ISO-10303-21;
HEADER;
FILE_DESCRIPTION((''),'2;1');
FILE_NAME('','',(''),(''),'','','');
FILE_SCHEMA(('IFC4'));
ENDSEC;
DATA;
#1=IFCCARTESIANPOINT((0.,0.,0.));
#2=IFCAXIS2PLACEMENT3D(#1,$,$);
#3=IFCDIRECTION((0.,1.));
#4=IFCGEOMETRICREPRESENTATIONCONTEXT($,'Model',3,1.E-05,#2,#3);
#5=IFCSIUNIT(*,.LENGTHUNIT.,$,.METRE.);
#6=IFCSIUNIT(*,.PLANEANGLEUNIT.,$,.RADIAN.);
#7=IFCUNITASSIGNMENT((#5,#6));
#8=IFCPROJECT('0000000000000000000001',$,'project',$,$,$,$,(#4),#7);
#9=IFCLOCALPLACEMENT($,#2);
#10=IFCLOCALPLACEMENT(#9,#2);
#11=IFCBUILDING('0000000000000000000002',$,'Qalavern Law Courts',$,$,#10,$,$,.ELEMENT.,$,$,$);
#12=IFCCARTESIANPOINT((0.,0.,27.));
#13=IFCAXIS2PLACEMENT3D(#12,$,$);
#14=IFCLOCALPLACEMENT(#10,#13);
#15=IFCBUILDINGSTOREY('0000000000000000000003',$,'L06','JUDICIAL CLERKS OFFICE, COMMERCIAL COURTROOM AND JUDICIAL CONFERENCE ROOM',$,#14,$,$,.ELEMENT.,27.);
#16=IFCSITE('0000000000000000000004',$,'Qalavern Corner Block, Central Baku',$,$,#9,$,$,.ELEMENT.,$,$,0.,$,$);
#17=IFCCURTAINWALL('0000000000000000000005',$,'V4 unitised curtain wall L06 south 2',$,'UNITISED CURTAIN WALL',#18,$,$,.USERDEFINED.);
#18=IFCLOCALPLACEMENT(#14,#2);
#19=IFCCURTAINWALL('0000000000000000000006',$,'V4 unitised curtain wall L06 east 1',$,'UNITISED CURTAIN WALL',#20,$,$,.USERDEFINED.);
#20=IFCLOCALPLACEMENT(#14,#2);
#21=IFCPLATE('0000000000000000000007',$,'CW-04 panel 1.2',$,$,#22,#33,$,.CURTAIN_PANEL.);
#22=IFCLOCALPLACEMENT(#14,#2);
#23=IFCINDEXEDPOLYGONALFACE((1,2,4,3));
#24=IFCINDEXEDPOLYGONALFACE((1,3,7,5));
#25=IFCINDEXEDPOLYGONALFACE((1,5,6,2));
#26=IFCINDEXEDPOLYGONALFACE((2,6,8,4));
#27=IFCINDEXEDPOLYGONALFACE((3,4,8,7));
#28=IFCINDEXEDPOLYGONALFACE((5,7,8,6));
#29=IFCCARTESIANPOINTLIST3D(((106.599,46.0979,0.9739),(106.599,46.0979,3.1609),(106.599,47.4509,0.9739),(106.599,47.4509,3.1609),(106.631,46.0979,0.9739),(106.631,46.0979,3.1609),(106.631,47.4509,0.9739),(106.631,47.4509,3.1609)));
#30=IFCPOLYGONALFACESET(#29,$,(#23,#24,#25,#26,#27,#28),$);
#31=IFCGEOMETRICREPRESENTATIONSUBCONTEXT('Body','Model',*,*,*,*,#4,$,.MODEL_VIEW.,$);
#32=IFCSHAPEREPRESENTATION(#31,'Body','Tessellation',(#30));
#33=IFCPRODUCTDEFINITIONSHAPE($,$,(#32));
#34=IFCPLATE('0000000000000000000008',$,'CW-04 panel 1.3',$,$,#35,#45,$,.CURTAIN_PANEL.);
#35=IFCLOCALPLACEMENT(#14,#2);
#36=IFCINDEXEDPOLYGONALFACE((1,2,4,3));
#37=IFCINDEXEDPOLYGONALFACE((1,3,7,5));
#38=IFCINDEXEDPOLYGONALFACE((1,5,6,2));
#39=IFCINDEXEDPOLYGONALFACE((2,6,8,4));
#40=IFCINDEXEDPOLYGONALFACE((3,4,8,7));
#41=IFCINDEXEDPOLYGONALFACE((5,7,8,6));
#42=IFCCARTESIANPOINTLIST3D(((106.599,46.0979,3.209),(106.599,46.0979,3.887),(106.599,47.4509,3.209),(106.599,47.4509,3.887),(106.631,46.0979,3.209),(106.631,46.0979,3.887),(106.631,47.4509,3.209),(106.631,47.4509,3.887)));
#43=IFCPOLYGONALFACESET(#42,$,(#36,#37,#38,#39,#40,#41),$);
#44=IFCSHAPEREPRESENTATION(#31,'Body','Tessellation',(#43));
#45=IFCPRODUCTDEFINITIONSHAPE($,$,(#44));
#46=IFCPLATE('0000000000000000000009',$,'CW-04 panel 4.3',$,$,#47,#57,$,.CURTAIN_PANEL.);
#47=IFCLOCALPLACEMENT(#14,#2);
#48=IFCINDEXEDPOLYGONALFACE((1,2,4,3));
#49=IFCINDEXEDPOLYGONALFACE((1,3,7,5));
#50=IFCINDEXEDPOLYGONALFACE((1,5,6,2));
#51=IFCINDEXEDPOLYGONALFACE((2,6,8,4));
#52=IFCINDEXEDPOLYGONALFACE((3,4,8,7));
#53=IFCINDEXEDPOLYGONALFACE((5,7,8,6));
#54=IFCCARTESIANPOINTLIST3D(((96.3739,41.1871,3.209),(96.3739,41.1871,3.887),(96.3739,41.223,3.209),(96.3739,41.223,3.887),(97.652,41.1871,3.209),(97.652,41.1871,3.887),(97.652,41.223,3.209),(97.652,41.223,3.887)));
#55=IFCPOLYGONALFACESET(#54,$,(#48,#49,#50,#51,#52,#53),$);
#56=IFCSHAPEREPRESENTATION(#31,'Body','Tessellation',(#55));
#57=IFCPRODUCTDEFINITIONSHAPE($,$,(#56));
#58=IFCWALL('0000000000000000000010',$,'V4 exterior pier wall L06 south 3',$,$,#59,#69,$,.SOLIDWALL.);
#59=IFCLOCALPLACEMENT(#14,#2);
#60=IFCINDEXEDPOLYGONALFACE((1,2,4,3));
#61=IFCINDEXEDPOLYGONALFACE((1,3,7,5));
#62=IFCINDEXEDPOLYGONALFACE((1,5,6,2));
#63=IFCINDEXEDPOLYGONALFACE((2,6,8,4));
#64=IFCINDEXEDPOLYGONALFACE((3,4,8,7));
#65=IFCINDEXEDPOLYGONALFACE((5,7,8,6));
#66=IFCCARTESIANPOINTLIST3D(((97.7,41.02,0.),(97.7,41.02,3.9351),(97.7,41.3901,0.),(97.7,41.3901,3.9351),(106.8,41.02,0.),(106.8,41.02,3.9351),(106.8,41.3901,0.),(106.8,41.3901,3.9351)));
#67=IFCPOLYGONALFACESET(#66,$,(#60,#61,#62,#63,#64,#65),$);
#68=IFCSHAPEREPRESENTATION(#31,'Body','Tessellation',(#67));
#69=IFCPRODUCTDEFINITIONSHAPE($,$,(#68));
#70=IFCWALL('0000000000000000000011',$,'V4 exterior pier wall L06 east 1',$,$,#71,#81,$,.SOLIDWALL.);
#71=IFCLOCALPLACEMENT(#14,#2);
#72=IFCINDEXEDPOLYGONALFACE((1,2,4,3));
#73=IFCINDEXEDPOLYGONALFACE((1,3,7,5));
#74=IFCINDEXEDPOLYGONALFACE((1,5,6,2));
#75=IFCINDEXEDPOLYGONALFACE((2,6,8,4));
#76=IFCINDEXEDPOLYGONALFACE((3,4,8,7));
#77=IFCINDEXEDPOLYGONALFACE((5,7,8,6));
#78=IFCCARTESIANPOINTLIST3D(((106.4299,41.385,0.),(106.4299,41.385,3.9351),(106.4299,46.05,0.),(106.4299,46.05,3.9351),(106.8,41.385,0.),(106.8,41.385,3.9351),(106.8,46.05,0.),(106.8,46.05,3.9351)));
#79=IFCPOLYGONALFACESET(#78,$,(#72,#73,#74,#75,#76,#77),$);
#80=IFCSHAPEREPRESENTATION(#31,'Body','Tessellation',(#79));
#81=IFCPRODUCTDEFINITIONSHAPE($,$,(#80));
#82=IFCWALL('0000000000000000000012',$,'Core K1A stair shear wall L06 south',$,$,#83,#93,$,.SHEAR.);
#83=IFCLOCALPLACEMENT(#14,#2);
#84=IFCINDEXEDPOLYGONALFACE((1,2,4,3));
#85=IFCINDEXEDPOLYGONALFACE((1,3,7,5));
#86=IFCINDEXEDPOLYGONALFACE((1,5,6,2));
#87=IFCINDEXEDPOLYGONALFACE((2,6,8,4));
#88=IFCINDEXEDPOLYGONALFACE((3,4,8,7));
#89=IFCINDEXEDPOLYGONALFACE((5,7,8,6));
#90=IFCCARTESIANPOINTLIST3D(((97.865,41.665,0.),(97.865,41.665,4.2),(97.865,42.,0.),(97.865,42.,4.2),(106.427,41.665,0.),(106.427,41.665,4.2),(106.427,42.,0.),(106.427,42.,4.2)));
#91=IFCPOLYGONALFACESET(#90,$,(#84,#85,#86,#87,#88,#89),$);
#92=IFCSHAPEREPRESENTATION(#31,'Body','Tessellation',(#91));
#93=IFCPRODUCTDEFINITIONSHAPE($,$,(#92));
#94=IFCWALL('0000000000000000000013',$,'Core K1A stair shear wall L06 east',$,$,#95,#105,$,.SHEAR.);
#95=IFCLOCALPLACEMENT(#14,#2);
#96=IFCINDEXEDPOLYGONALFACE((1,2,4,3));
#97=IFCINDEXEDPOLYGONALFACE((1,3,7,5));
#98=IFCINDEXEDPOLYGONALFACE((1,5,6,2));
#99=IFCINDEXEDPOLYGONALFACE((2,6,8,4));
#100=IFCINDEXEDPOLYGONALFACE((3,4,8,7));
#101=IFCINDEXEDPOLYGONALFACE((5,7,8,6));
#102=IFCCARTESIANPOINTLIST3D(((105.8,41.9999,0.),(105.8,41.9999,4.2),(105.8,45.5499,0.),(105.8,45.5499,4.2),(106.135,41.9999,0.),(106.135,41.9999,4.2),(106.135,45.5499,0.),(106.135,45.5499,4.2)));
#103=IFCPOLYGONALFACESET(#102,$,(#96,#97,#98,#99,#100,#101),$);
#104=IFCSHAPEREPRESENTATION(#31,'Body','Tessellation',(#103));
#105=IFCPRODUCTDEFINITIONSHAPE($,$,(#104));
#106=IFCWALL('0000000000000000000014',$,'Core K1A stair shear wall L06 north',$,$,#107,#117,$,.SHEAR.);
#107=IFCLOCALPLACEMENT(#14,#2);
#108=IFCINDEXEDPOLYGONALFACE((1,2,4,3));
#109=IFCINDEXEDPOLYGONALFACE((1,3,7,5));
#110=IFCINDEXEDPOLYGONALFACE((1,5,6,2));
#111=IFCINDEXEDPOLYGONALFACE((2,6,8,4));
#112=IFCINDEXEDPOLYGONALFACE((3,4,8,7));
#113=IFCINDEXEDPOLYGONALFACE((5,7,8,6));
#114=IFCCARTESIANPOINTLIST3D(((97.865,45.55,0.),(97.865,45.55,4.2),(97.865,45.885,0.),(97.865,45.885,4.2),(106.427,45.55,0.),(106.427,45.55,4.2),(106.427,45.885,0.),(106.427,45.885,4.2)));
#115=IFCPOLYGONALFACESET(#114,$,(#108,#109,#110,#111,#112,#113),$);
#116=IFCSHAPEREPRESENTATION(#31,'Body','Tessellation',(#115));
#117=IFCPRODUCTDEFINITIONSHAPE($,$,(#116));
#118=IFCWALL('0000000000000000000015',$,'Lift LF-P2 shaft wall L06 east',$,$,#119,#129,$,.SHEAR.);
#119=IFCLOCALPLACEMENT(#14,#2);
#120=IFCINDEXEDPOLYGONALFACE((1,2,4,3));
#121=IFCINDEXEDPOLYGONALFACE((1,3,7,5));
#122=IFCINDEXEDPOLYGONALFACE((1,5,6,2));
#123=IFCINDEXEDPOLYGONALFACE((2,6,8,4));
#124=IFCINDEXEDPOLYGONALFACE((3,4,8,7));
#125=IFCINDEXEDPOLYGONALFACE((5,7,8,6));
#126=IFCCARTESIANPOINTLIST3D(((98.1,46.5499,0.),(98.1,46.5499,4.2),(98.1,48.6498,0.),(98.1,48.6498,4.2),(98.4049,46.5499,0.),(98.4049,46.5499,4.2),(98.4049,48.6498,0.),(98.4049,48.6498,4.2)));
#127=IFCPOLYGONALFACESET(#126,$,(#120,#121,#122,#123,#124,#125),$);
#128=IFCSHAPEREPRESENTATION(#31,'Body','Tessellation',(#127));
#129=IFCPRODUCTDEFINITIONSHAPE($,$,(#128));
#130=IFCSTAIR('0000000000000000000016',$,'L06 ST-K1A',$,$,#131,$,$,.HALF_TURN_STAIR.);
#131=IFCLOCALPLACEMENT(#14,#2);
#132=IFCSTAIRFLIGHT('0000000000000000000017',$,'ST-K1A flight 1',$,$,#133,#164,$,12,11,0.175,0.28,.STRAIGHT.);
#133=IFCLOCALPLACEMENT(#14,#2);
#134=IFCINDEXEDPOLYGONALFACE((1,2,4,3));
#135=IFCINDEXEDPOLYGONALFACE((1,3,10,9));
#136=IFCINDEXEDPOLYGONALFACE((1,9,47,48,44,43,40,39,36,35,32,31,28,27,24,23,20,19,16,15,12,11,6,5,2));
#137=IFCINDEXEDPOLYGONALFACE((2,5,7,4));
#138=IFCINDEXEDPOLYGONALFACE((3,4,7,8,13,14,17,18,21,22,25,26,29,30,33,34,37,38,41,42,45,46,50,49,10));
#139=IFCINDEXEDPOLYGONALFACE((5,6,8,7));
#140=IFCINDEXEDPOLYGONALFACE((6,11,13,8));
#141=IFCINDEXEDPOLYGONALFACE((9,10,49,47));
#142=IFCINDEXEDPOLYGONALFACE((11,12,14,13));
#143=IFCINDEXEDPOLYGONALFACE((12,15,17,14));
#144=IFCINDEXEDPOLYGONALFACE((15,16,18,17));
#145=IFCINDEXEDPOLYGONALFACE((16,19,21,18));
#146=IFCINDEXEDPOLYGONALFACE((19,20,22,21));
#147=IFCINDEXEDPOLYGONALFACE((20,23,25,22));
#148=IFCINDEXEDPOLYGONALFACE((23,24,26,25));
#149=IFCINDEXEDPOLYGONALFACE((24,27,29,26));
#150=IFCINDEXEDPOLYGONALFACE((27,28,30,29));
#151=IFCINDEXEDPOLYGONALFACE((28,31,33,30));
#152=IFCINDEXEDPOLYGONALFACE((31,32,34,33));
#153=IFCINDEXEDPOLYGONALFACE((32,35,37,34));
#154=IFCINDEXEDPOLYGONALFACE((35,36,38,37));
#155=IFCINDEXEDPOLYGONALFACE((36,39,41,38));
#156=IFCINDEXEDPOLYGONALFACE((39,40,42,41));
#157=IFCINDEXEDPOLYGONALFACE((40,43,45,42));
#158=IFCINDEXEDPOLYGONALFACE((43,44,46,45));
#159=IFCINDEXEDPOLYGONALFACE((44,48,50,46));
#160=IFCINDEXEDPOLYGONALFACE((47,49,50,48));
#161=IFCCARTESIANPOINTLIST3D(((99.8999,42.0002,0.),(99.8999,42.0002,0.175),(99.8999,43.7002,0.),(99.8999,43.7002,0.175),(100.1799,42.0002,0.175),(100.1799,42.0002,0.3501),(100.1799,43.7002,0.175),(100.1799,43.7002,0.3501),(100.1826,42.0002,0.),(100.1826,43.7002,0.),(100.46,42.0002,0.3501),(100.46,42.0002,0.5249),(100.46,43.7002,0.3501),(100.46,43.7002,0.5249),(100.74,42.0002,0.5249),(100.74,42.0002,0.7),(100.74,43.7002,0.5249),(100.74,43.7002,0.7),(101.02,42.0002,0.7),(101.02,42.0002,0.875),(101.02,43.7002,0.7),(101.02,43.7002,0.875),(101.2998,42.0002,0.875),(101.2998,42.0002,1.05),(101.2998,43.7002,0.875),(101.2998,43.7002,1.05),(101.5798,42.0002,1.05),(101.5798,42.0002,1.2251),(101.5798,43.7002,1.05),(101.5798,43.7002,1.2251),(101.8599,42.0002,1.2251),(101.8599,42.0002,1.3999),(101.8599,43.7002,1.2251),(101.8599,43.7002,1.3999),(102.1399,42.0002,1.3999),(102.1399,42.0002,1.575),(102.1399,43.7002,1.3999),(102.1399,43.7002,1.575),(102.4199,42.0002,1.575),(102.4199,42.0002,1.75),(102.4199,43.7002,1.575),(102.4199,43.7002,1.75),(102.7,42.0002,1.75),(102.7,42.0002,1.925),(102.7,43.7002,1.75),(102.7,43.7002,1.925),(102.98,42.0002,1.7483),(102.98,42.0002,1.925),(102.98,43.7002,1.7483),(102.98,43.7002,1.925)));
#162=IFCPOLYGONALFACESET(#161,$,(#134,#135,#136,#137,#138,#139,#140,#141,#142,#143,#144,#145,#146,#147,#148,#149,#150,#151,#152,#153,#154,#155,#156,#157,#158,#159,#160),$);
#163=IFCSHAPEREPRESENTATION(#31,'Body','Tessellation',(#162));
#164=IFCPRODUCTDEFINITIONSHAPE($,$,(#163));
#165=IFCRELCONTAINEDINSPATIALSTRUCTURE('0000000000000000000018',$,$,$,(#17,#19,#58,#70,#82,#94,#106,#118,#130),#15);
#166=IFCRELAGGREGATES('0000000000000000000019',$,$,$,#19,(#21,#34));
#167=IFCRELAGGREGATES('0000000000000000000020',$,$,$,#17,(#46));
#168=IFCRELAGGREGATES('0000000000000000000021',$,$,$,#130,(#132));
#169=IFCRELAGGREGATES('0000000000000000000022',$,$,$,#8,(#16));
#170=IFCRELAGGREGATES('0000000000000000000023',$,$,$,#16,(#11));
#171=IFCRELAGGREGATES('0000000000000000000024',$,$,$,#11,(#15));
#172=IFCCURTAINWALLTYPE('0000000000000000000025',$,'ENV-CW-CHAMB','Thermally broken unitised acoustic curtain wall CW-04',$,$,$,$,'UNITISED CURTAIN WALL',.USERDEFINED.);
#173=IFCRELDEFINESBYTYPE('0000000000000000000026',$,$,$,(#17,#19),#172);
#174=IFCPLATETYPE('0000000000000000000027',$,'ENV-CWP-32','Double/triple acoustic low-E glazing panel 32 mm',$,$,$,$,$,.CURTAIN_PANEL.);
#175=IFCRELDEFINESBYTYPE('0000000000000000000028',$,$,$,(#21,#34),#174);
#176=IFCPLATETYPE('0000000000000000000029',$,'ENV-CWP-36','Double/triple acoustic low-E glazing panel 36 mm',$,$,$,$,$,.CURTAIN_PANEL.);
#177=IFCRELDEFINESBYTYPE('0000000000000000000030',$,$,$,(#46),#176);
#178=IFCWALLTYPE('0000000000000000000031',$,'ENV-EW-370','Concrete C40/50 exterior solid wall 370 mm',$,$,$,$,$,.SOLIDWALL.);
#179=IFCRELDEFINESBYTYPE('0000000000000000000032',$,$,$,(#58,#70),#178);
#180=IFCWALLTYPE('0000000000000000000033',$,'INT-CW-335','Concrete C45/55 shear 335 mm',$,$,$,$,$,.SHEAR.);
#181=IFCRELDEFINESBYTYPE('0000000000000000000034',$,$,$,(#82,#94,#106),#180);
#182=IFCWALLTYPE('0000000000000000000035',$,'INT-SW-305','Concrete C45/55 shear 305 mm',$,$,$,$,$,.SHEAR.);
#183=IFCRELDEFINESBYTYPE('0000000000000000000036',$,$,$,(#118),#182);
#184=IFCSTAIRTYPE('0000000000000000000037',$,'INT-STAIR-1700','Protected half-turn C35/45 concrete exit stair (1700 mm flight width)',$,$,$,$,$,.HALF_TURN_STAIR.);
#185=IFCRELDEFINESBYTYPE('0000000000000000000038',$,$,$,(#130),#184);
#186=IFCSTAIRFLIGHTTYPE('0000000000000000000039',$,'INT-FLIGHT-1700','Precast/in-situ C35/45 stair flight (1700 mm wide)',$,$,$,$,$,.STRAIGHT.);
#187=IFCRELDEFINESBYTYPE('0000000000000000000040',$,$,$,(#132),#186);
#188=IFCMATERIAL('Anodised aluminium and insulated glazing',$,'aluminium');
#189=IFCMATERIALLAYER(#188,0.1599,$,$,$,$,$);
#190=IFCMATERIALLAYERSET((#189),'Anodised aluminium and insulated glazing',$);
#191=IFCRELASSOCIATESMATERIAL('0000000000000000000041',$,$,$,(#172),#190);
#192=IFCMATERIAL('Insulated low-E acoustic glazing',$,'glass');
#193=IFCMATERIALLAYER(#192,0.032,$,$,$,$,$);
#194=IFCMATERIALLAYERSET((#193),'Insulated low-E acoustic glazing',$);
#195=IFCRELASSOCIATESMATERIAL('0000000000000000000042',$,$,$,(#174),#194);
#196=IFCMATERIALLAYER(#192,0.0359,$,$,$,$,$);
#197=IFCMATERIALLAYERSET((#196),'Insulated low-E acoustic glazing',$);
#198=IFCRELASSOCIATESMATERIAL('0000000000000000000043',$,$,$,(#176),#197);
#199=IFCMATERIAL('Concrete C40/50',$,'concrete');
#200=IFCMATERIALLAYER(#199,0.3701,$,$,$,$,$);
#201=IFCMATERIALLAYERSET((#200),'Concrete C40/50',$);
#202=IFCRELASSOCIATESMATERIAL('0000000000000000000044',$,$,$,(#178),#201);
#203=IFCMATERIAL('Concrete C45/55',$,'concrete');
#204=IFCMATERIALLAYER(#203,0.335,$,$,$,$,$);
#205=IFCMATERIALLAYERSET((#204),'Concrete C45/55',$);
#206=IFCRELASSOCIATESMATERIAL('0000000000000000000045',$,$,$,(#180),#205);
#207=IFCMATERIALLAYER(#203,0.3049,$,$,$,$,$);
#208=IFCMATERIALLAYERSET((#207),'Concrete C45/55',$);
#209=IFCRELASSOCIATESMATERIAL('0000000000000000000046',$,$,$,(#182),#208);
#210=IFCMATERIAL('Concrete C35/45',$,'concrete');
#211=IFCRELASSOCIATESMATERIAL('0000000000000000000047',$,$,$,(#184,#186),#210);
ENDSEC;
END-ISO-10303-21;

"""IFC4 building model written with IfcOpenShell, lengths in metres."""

from ifc_helpers import new_model, si_unit, direction, frame, frame_2d, origin, origin_2d, place, context, subcontext, project, spatial, polyline, rectangle, outline, extrude, material, layer, layer_set, type_object, element, aggregate, save


model = new_model("IFC4")

# Units and contexts
model_context = context("Model", 3, precision=1e-05, world=origin(), true_north=direction((0.0, 1.0)))
body_context = subcontext(model_context, "Body", "Model", "MODEL_VIEW")
ifc_project = project(units=[si_unit("LENGTHUNIT", "METRE"), si_unit("PLANEANGLEUNIT", "RADIAN")], contexts=[model_context])

# Site, building, storey
site_placement = place(None, origin())
site = spatial("IfcSite", under=ifc_project, at=site_placement, Name="Qalavern Corner Block, Central Baku", CompositionType="ELEMENT", RefElevation=0.0)
building_placement = place(site_placement, origin())
building = spatial("IfcBuilding", under=site, at=building_placement, Name="Qalavern Law Courts", CompositionType="ELEMENT")
storey_placement = place(building_placement, frame((0.0, 0.0, 27.0)))
storey = spatial("IfcBuildingStorey", under=building, at=storey_placement, Name="L06", Description="JUDICIAL CLERKS OFFICE, COMMERCIAL COURTROOM AND JUDICIAL CONFERENCE ROOM", CompositionType="ELEMENT", Elevation=27.0)

# Shared definitions
ifc_material_1 = material(Name="Concrete C45/55", Category="concrete")

# Curtain wall
ifc_material_2 = material(Name="Anodised aluminium and insulated glazing", Category="aluminium")
ifc_layer_1 = layer(ifc_material_2, 0.1599)
ifc_layer_set_1 = layer_set([ifc_layer_1], Name="Anodised aluminium and insulated glazing")
curtain_wall_type = type_object("IfcCurtainWallType", Name="ENV-CW-CHAMB", Description="Thermally broken unitised acoustic curtain wall CW-04", ElementType="UNITISED CURTAIN WALL", PredefinedType="USERDEFINED", material=ifc_layer_set_1)
curtain_wall_1_placement = place(storey_placement, origin())
curtain_wall_1 = element("IfcCurtainWall", 1, at=curtain_wall_1_placement, inside=storey, type_object=curtain_wall_type, Name="V4 unitised curtain wall L06 south 2", ObjectType="UNITISED CURTAIN WALL", PredefinedType="USERDEFINED")

# Curtain wall
curtain_wall_2_placement = place(storey_placement, origin())
curtain_wall_2 = element("IfcCurtainWall", 2, at=curtain_wall_2_placement, inside=storey, type_object=curtain_wall_type, Name="V4 unitised curtain wall L06 east 1", ObjectType="UNITISED CURTAIN WALL", PredefinedType="USERDEFINED")

# Plates
ifc_material_3 = material(Name="Insulated low-E acoustic glazing", Category="glass")
ifc_layer_2 = layer(ifc_material_3, 0.032)
ifc_layer_set_2 = layer_set([ifc_layer_2], Name="Insulated low-E acoustic glazing")
plate_type_1 = type_object("IfcPlateType", Name="ENV-CWP-32", Description="Double/triple acoustic low-E glazing panel 32 mm", PredefinedType="CURTAIN_PANEL", material=ifc_layer_set_2)
plate_1_placement = place(storey_placement, frame((106.615, 46.7744, 0.9739), z_axis=(0.0, 0.0, 1.0), x_axis=(0.0, 1.0, 0.0)))
plate_1 = element("IfcPlate", 3, at=plate_1_placement, type_object=plate_type_1, Name="CW-04 panel 1.2", PredefinedType="CURTAIN_PANEL", context=body_context, shape_type="SweptSolid", body=[
    extrude(rectangle(XDim=1.353, YDim=0.032, at=origin_2d()), origin(), (0.0, 0.0, 1.0), 2.187),
])
plate_2_placement = place(storey_placement, frame((106.615, 46.7744, 3.209), z_axis=(0.0, 0.0, 1.0), x_axis=(0.0, 1.0, 0.0)))
plate_2 = element("IfcPlate", 4, at=plate_2_placement, type_object=plate_type_1, Name="CW-04 panel 1.3", PredefinedType="CURTAIN_PANEL", context=body_context, shape_type="SweptSolid", body=[
    extrude(rectangle(XDim=1.353, YDim=0.032, at=origin_2d()), origin(), (0.0, 0.0, 1.0), 0.678),
])
aggregate(curtain_wall_2, [plate_1, plate_2])
ifc_layer_3 = layer(ifc_material_3, 0.0359)
ifc_layer_set_3 = layer_set([ifc_layer_3], Name="Insulated low-E acoustic glazing")
plate_type_2 = type_object("IfcPlateType", Name="ENV-CWP-36", Description="Double/triple acoustic low-E glazing panel 36 mm", PredefinedType="CURTAIN_PANEL", material=ifc_layer_set_3)
plate_3_placement = place(storey_placement, frame((97.0129, 41.2051, 3.209), z_axis=(0.0, 0.0, 1.0), x_axis=(1.0, 0.0, 0.0)))
plate_3 = element("IfcPlate", 5, at=plate_3_placement, type_object=plate_type_2, Name="CW-04 panel 4.3", PredefinedType="CURTAIN_PANEL", context=body_context, shape_type="SweptSolid", body=[
    extrude(rectangle(XDim=1.2781, YDim=0.0359, at=origin_2d()), origin(), (0.0, 0.0, 1.0), 0.678),
])
aggregate(curtain_wall_1, [plate_3])

# Walls
ifc_material_4 = material(Name="Concrete C40/50", Category="concrete")
ifc_layer_4 = layer(ifc_material_4, 0.3701)
ifc_layer_set_4 = layer_set([ifc_layer_4], Name="Concrete C40/50")
wall_type_1 = type_object("IfcWallType", Name="ENV-EW-370", Description="Concrete C40/50 exterior solid wall 370 mm", PredefinedType="SOLIDWALL", material=ifc_layer_set_4)
wall_1_placement = place(storey_placement, frame((97.7, 41.2051, 0.0), z_axis=(0.0, 0.0, 1.0), x_axis=(1.0, 0.0, 0.0)))
element("IfcWall", 6, at=wall_1_placement, inside=storey, type_object=wall_type_1, Name="V4 exterior pier wall L06 south 3", PredefinedType="SOLIDWALL", context=body_context, shape_type="SweptSolid", body=[
    extrude(rectangle(XDim=9.1001, YDim=0.3701, at=frame_2d((4.55, 0.0))), origin(), (0.0, 0.0, 1.0), 3.9351),
])
wall_2_placement = place(storey_placement, frame((106.615, 41.385, 0.0), z_axis=(0.0, 0.0, 1.0), x_axis=(0.0, 1.0, 0.0)))
element("IfcWall", 7, at=wall_2_placement, inside=storey, type_object=wall_type_1, Name="V4 exterior pier wall L06 east 1", PredefinedType="SOLIDWALL", context=body_context, shape_type="SweptSolid", body=[
    extrude(rectangle(XDim=4.665, YDim=0.3701, at=frame_2d((2.3325, 0.0))), origin(), (0.0, 0.0, 1.0), 3.9351),
])
ifc_layer_5 = layer(ifc_material_1, 0.335)
ifc_layer_set_5 = layer_set([ifc_layer_5], Name="Concrete C45/55")
wall_type_2 = type_object("IfcWallType", Name="INT-CW-335", Description="Concrete C45/55 shear 335 mm", PredefinedType="SHEAR", material=ifc_layer_set_5)
wall_3_placement = place(storey_placement, frame((97.865, 41.8325, 0.0), z_axis=(0.0, 0.0, 1.0), x_axis=(1.0, 0.0, 0.0)))
element("IfcWall", 8, at=wall_3_placement, inside=storey, type_object=wall_type_2, Name="Core K1A stair shear wall L06 south", PredefinedType="SHEAR", context=body_context, shape_type="SweptSolid", body=[
    extrude(rectangle(XDim=8.562, YDim=0.335, at=frame_2d((4.281, 0.0))), origin(), (0.0, 0.0, 1.0), 4.2),
])
wall_4_placement = place(storey_placement, frame((105.9675, 42.0, 0.0), z_axis=(0.0, 0.0, 1.0), x_axis=(0.0, 1.0, 0.0)))
element("IfcWall", 9, at=wall_4_placement, inside=storey, type_object=wall_type_2, Name="Core K1A stair shear wall L06 east", PredefinedType="SHEAR", context=body_context, shape_type="SweptSolid", body=[
    extrude(rectangle(XDim=3.55, YDim=0.335, at=frame_2d((1.7749, 0.0))), origin(), (0.0, 0.0, 1.0), 4.2),
])
wall_5_placement = place(storey_placement, frame((106.427, 45.7175, 0.0), z_axis=(0.0, 0.0, 1.0), x_axis=(-1.0, 0.0, 0.0)))
element("IfcWall", 10, at=wall_5_placement, inside=storey, type_object=wall_type_2, Name="Core K1A stair shear wall L06 north", PredefinedType="SHEAR", context=body_context, shape_type="SweptSolid", body=[
    extrude(rectangle(XDim=8.562, YDim=0.335, at=frame_2d((4.281, 0.0))), origin(), (0.0, 0.0, 1.0), 4.2),
])

# Wall
ifc_layer_6 = layer(ifc_material_1, 0.3049)
ifc_layer_set_6 = layer_set([ifc_layer_6], Name="Concrete C45/55")
wall_type_3 = type_object("IfcWallType", Name="INT-SW-305", Description="Concrete C45/55 shear 305 mm", PredefinedType="SHEAR", material=ifc_layer_set_6)
wall_6_placement = place(storey_placement, frame((98.2524, 46.55, 0.0), z_axis=(0.0, 0.0, 1.0), x_axis=(0.0, 1.0, 0.0)))
element("IfcWall", 11, at=wall_6_placement, inside=storey, type_object=wall_type_3, Name="Lift LF-P2 shaft wall L06 east", PredefinedType="SHEAR", context=body_context, shape_type="SweptSolid", body=[
    extrude(rectangle(XDim=2.0999, YDim=0.3049, at=frame_2d((1.0498, 0.0))), origin(), (0.0, 0.0, 1.0), 4.2),
])

# Stair, stair flight
ifc_material_5 = material(Name="Concrete C35/45", Category="concrete")
stair_type = type_object("IfcStairType", Name="INT-STAIR-1700", Description="Protected half-turn C35/45 concrete exit stair (1700 mm flight width)", PredefinedType="HALF_TURN_STAIR", material=ifc_material_5)
stair_placement = place(storey_placement, origin())
stair = element("IfcStair", 12, at=stair_placement, inside=storey, type_object=stair_type, Name="L06 ST-K1A", PredefinedType="HALF_TURN_STAIR")
stair_flight_type = type_object("IfcStairFlightType", Name="INT-FLIGHT-1700", Description="Precast/in-situ C35/45 stair flight (1700 mm wide)", PredefinedType="STRAIGHT", material=ifc_material_5)
stair_flight_1_placement = place(storey_placement, frame((99.8999, 42.8501, 0.0), z_axis=(0.0, 0.0, 1.0), x_axis=(1.0, 0.0, 0.0)))
stair_flight_1 = element("IfcStairFlight", 13, at=stair_flight_1_placement, type_object=stair_flight_type, Name="ST-K1A flight 1", NumberOfRisers=12, NumberOfTreads=11, PredefinedType="STRAIGHT", RiserHeight=0.175, TreadLength=0.28, context=body_context, shape_type="SweptSolid", body=[
    extrude(outline(polyline([(0.0, 0.0), (0.0, 0.175), (0.28, 0.175), (0.28, 0.3501), (0.5601, 0.3501), (0.5601, 0.5249), (0.8401, 0.5249), (0.8401, 0.7), (1.1201, 0.7), (1.1201, 0.875), (1.3999, 0.875), (1.3999, 1.05), (1.6799, 1.05), (1.6799, 1.2251), (1.96, 1.2251), (1.96, 1.3999), (2.24, 1.3999), (2.24, 1.575), (2.52, 1.575), (2.52, 1.75), (2.8, 1.75), (2.8, 1.925), (3.0801, 1.925), (3.0801, 2.1001), (3.0801, 1.7483), (0.2827, 0.0), (0.0, 0.0)])), frame((0.0, 0.8501, 0.0), z_axis=(0.0, -1.0, 0.0), x_axis=(1.0, 0.0, 0.0)), (0.0, 0.0, 1.0), 1.7),
])
aggregate(stair, [stair_flight_1])

save(model, "model.ifc")
